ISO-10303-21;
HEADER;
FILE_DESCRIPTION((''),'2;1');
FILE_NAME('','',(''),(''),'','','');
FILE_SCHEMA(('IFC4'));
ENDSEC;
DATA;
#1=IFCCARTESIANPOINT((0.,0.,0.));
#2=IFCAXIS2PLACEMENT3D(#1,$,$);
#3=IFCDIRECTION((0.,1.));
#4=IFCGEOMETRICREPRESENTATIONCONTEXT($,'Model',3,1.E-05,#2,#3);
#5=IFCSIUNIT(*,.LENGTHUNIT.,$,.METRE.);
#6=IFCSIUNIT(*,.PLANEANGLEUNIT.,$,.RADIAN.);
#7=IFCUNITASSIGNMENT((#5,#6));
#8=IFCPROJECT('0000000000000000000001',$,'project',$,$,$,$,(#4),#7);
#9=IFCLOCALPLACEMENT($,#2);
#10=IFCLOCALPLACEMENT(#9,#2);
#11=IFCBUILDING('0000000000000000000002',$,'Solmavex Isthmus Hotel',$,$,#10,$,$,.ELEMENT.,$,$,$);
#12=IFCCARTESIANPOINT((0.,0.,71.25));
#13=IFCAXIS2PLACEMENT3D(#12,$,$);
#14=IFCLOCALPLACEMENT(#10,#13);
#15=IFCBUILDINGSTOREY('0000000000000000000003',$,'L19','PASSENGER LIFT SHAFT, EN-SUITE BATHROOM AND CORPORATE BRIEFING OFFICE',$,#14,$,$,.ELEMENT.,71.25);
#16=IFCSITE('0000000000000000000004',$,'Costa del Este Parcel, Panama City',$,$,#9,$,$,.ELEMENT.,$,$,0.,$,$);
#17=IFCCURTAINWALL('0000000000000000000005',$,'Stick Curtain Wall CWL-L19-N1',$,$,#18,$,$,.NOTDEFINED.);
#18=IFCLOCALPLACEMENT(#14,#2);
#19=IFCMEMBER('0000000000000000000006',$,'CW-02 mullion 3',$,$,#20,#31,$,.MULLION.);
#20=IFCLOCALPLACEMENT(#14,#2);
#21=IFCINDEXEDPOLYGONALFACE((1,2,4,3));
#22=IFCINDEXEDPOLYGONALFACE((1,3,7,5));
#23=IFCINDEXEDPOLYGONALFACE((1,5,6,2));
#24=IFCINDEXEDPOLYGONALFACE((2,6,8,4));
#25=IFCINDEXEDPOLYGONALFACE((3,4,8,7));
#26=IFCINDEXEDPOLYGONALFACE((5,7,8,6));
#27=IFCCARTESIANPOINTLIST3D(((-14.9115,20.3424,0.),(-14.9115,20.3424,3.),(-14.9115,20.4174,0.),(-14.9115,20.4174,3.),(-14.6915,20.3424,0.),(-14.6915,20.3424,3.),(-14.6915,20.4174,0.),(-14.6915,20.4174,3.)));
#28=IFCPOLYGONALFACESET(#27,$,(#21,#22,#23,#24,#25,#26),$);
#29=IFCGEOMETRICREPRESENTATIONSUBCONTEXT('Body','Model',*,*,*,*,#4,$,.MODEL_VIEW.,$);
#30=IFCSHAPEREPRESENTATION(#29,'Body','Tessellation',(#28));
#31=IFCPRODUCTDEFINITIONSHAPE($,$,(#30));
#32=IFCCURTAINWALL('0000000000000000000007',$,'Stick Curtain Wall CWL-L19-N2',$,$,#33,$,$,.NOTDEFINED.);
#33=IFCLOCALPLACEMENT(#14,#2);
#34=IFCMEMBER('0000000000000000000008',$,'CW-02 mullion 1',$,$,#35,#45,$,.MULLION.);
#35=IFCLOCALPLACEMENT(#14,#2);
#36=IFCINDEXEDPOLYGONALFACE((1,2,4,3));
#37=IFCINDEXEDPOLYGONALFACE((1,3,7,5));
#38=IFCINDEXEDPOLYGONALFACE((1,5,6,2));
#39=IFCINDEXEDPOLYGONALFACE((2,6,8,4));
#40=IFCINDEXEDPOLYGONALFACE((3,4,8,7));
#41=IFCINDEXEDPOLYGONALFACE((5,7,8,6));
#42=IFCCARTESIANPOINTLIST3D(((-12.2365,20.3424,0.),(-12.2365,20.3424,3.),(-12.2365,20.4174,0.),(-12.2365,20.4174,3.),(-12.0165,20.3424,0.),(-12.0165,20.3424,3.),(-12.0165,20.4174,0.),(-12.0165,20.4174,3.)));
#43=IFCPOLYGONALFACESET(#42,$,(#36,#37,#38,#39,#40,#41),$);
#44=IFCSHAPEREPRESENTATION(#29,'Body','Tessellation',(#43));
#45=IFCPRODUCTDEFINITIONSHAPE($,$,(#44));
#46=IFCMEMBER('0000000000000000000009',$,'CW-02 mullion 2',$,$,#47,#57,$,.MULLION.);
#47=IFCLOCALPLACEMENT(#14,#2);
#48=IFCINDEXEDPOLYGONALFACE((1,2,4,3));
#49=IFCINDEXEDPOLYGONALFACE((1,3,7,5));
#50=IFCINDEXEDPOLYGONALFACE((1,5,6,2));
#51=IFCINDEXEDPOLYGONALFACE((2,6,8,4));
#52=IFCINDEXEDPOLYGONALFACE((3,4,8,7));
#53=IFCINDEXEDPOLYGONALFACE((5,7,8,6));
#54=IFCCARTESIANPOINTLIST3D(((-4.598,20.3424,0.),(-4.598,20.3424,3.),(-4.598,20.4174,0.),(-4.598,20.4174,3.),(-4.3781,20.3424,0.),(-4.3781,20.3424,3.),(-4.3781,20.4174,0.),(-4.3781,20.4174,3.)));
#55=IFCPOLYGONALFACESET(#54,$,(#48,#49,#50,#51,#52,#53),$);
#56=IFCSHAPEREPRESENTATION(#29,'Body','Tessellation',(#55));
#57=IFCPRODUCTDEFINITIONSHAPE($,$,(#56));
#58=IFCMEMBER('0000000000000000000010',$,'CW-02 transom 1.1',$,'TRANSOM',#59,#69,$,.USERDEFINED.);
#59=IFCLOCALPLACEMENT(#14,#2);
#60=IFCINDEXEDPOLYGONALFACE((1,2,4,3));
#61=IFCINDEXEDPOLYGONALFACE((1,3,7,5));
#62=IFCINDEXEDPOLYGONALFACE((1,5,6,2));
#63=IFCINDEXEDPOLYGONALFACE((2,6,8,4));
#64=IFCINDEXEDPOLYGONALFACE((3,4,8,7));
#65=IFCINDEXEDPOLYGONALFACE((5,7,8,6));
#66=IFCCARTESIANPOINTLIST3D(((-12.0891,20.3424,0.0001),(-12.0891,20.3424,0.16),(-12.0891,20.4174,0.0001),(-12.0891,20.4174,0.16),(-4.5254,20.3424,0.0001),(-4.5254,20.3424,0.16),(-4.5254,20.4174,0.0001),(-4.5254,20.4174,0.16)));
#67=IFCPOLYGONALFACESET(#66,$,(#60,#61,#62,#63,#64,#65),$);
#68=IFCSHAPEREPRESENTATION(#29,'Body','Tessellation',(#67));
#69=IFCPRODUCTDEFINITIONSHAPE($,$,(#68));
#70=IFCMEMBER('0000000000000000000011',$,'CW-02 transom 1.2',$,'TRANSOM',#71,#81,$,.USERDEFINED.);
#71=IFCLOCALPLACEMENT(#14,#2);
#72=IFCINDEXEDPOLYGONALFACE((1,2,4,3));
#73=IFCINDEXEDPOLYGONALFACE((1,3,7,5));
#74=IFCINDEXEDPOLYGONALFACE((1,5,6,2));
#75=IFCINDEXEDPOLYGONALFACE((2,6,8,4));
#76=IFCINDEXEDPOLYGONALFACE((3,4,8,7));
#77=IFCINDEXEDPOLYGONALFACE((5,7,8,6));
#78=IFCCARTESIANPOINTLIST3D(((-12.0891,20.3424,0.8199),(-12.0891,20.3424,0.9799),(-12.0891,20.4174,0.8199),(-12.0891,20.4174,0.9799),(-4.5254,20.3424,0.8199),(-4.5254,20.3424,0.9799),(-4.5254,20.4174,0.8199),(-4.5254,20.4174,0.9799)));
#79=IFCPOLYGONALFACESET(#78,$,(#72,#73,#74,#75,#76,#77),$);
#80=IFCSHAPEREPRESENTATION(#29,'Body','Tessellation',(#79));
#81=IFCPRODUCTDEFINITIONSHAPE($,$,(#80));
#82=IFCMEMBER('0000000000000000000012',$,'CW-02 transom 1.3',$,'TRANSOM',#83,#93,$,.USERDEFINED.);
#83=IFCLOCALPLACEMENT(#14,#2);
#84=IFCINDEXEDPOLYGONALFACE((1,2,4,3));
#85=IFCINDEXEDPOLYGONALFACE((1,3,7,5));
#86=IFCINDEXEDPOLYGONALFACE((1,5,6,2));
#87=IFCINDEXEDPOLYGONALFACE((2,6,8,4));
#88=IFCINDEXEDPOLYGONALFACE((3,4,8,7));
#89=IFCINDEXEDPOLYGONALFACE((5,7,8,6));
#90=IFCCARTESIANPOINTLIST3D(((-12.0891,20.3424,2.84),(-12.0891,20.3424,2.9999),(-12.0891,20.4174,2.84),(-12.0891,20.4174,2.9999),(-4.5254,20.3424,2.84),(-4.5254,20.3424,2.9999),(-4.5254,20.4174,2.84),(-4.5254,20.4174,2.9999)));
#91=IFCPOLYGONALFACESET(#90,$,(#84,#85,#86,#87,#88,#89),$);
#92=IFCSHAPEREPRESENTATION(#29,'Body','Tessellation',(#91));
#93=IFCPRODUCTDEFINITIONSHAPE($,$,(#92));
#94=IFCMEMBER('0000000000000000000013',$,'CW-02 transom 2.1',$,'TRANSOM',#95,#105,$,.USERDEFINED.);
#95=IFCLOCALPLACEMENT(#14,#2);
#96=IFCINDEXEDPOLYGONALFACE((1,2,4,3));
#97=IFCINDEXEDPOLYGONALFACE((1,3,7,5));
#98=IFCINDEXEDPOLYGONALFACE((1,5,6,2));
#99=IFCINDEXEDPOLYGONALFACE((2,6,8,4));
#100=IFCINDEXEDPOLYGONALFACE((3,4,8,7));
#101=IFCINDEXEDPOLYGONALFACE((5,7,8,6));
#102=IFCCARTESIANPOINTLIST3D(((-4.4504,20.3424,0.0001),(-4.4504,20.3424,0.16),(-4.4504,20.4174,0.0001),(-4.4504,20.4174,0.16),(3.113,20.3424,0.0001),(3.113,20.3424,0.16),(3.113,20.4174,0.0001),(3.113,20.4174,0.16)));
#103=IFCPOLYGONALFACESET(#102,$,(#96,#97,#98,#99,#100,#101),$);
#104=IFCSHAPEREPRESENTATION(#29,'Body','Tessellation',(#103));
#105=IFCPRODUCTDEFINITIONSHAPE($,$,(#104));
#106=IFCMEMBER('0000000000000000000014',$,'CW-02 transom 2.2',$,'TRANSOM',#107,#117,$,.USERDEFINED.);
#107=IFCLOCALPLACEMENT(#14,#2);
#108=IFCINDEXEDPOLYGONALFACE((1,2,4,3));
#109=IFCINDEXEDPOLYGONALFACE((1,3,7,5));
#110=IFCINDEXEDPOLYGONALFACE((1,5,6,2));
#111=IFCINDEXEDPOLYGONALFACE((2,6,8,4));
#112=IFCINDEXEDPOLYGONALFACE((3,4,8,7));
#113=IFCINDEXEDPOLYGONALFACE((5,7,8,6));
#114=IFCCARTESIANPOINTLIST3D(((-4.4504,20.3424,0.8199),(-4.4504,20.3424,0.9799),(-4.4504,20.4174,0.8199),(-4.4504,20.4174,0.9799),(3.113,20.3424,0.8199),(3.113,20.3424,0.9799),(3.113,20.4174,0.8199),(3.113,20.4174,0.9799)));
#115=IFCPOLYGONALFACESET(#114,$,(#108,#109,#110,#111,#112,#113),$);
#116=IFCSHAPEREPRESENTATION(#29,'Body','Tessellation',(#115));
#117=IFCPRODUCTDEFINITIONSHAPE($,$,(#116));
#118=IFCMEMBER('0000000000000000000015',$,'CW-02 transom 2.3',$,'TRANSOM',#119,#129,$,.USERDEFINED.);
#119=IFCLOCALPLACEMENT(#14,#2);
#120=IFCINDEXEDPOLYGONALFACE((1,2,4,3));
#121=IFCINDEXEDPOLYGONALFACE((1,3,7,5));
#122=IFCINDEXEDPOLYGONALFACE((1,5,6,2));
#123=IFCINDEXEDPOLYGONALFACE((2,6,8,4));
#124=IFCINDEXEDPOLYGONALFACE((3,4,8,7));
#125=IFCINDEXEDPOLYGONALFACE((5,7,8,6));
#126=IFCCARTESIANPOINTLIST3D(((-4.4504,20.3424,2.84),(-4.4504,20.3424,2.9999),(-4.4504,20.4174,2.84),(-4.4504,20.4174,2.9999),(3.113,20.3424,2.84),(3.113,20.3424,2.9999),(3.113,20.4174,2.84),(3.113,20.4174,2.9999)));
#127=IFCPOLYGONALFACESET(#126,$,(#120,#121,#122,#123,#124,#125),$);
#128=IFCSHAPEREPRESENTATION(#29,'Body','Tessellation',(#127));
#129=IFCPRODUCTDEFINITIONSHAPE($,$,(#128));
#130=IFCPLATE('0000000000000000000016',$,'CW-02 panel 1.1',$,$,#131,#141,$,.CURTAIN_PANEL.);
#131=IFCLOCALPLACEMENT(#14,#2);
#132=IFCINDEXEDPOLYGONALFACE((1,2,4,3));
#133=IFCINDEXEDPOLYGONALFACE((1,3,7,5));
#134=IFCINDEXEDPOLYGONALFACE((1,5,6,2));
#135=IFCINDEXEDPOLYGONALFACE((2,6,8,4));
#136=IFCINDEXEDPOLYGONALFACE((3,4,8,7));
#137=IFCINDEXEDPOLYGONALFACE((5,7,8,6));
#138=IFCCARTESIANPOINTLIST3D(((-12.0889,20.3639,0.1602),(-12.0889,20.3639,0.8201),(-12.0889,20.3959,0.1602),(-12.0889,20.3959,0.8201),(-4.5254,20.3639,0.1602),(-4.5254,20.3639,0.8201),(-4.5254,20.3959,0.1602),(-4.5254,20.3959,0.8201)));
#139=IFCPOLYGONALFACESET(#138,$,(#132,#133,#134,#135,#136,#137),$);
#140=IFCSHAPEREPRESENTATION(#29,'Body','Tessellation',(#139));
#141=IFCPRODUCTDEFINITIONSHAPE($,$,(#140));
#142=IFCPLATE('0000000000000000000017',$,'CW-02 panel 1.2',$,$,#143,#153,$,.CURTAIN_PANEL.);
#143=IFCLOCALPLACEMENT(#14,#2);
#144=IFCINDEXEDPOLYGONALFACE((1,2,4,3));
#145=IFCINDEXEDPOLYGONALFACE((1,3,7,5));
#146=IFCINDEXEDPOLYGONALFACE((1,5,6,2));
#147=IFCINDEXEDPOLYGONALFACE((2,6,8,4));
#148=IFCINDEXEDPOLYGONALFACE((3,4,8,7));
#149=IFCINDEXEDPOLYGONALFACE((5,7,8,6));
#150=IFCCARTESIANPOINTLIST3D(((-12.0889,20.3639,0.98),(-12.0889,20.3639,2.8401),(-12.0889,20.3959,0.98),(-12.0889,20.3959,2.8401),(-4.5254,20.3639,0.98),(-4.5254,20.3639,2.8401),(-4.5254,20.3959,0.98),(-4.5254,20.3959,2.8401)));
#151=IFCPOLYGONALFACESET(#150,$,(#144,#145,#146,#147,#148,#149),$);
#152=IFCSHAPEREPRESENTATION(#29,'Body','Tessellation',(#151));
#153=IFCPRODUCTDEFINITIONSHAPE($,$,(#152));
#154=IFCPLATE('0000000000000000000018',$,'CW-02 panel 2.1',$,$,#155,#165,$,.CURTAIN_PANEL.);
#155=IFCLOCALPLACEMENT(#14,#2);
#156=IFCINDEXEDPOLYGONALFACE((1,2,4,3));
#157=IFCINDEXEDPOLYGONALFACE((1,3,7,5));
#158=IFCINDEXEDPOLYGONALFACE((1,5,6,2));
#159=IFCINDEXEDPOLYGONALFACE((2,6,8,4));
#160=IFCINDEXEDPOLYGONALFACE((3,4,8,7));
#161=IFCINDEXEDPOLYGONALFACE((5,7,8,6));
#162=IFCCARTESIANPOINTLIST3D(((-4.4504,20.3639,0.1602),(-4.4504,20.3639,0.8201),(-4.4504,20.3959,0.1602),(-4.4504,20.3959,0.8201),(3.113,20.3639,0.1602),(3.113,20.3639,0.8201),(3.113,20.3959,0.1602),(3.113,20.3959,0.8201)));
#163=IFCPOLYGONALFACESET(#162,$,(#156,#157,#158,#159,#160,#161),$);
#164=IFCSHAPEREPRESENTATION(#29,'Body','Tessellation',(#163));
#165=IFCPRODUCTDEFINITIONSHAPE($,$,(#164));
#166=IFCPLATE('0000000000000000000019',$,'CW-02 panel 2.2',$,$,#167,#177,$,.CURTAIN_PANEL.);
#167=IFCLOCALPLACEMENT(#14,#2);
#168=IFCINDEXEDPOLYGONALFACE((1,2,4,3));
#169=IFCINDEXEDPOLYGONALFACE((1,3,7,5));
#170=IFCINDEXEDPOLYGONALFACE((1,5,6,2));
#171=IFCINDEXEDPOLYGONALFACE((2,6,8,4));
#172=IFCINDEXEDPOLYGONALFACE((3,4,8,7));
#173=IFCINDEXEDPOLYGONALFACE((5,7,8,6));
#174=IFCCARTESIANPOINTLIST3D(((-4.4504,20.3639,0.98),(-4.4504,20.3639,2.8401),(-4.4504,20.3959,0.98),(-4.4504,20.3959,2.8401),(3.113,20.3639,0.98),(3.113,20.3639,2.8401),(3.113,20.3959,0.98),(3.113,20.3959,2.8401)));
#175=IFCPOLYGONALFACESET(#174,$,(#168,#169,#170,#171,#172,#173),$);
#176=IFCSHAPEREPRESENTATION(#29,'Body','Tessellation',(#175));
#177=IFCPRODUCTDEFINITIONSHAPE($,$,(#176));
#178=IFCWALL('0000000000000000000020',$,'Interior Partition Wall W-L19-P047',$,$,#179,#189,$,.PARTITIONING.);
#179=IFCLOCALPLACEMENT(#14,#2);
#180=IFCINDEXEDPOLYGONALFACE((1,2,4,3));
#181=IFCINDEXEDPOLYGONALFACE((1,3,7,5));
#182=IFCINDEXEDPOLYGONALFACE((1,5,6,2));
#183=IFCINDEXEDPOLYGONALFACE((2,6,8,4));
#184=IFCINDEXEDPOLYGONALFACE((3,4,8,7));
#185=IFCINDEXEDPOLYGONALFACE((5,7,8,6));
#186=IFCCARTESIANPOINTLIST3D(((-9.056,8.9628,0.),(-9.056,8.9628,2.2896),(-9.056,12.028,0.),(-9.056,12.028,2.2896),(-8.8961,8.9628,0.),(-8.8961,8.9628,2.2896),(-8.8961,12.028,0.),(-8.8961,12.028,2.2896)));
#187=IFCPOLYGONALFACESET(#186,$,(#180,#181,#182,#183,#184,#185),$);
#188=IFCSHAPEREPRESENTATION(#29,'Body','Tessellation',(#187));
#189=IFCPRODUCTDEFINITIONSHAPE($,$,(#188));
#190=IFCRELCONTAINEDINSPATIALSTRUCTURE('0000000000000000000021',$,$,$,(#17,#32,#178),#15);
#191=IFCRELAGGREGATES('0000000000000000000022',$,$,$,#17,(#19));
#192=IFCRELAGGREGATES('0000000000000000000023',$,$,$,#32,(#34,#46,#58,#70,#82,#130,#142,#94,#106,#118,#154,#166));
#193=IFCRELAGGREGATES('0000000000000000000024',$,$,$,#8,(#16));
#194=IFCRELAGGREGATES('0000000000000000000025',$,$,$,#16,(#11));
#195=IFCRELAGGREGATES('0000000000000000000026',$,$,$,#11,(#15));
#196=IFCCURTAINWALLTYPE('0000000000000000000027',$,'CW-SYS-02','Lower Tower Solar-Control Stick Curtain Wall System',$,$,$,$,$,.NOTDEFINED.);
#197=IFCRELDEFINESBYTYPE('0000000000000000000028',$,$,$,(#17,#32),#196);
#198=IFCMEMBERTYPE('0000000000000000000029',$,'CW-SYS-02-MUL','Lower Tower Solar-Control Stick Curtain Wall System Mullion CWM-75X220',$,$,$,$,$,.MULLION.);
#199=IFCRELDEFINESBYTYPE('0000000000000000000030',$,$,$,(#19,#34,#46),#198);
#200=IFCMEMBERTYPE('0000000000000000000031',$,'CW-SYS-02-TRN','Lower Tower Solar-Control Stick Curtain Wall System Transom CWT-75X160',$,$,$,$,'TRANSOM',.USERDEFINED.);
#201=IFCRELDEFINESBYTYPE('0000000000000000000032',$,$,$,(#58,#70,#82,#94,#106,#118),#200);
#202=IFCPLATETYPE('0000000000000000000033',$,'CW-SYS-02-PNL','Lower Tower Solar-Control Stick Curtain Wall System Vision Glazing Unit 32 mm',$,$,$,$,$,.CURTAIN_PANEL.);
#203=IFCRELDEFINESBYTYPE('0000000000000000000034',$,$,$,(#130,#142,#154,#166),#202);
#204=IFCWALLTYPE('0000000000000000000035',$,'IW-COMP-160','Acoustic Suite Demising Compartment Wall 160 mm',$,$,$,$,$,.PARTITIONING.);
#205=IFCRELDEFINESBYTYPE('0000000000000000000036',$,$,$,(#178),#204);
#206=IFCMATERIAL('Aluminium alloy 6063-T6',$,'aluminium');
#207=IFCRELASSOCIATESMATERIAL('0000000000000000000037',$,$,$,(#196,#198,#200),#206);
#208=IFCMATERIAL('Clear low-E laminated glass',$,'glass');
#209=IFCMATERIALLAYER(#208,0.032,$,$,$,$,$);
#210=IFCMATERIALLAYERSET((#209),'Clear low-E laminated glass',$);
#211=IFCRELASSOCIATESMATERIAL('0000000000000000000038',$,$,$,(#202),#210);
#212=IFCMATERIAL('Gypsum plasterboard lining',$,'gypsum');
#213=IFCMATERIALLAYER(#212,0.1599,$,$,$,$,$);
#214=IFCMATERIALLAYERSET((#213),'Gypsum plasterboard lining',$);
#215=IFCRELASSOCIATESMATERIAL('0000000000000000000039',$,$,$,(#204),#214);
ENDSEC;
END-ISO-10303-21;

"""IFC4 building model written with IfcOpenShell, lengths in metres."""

from ifc_helpers import new_model, si_unit, direction, frame, frame_2d, origin, origin_2d, place, context, subcontext, project, spatial, rectangle, extrude, material, layer, layer_set, material_profile, profile_set, type_object, element, aggregate, save


model = new_model("IFC4")

# Units and contexts
model_context = context("Model", 3, precision=1e-05, world=origin(), true_north=direction((0.0, 1.0)))
body_context = subcontext(model_context, "Body", "Model", "MODEL_VIEW")
ifc_project = project(units=[si_unit("LENGTHUNIT", "METRE"), si_unit("PLANEANGLEUNIT", "RADIAN")], contexts=[model_context])

# Site, building, storey
site_placement = place(None, origin())
site = spatial("IfcSite", under=ifc_project, at=site_placement, Name="Costa del Este Parcel, Panama City", CompositionType="ELEMENT", RefElevation=0.0)
building_placement = place(site_placement, origin())
building = spatial("IfcBuilding", under=site, at=building_placement, Name="Solmavex Isthmus Hotel", CompositionType="ELEMENT")
storey_placement = place(building_placement, frame((0.0, 0.0, 71.25)))
storey = spatial("IfcBuildingStorey", under=building, at=storey_placement, Name="L19", Description="PASSENGER LIFT SHAFT, EN-SUITE BATHROOM AND CORPORATE BRIEFING OFFICE", CompositionType="ELEMENT", Elevation=71.25)

# Curtain wall, member
ifc_material_1 = material(Name="Aluminium alloy 6063-T6", Category="aluminium")
curtain_wall_type = type_object("IfcCurtainWallType", Name="CW-SYS-02", Description="Lower Tower Solar-Control Stick Curtain Wall System", PredefinedType="NOTDEFINED", material=ifc_material_1)
curtain_wall_1_placement = place(storey_placement, origin())
curtain_wall_1 = element("IfcCurtainWall", 1, at=curtain_wall_1_placement, inside=storey, type_object=curtain_wall_type, Name="Stick Curtain Wall CWL-L19-N1", PredefinedType="NOTDEFINED")
ifc_material_profile_1 = material_profile(ifc_material_1, rectangle(XDim=0.075, YDim=0.22, at=origin_2d()), Name="CWM-75X220")
ifc_profile_set_1 = profile_set([ifc_material_profile_1], Name="Aluminium alloy 6063-T6")
member_type_1 = type_object("IfcMemberType", Name="CW-SYS-02-MUL", Description="Lower Tower Solar-Control Stick Curtain Wall System Mullion CWM-75X220", PredefinedType="MULLION", material=ifc_profile_set_1)
member_1_placement = place(storey_placement, frame((-14.8015, 20.3799, 0.0), z_axis=(0.0, 0.0, 1.0), x_axis=(0.0, 1.0, 0.0)))
member_1 = element("IfcMember", 2, at=member_1_placement, type_object=member_type_1, Name="CW-02 mullion 3", PredefinedType="MULLION", context=body_context, shape_type="SweptSolid", body=[
    extrude(rectangle(XDim=0.075, YDim=0.22, at=origin_2d()), origin(), (0.0, 0.0, 1.0), 3.0),
])
aggregate(curtain_wall_1, [member_1])

# Curtain wall, members, plates
curtain_wall_2_placement = place(storey_placement, origin())
curtain_wall_2 = element("IfcCurtainWall", 3, at=curtain_wall_2_placement, inside=storey, type_object=curtain_wall_type, Name="Stick Curtain Wall CWL-L19-N2", PredefinedType="NOTDEFINED")
member_2_placement = place(storey_placement, frame((-12.1265, 20.3799, 0.0), z_axis=(0.0, 0.0, 1.0), x_axis=(0.0, 1.0, 0.0)))
member_2 = element("IfcMember", 4, at=member_2_placement, type_object=member_type_1, Name="CW-02 mullion 1", PredefinedType="MULLION", context=body_context, shape_type="SweptSolid", body=[
    extrude(rectangle(XDim=0.075, YDim=0.22, at=origin_2d()), origin(), (0.0, 0.0, 1.0), 3.0),
])
member_3_placement = place(storey_placement, frame((-4.488, 20.3799, 0.0), z_axis=(0.0, 0.0, 1.0), x_axis=(0.0, 1.0, 0.0)))
member_3 = element("IfcMember", 5, at=member_3_placement, type_object=member_type_1, Name="CW-02 mullion 2", PredefinedType="MULLION", context=body_context, shape_type="SweptSolid", body=[
    extrude(rectangle(XDim=0.075, YDim=0.22, at=origin_2d()), origin(), (0.0, 0.0, 1.0), 3.0),
])
ifc_material_profile_2 = material_profile(ifc_material_1, rectangle(XDim=0.075, YDim=0.1599, at=origin_2d()), Name="CWT-75X160")
ifc_profile_set_2 = profile_set([ifc_material_profile_2], Name="Aluminium alloy 6063-T6")
member_type_2 = type_object("IfcMemberType", Name="CW-SYS-02-TRN", Description="Lower Tower Solar-Control Stick Curtain Wall System Transom CWT-75X160", ElementType="TRANSOM", PredefinedType="USERDEFINED", material=ifc_profile_set_2)
member_4_placement = place(storey_placement, frame((-12.0891, 20.3799, 0.0801), z_axis=(1.0, 0.0, 0.0), x_axis=(0.0, 1.0, 0.0)))
member_4 = element("IfcMember", 6, at=member_4_placement, type_object=member_type_2, Name="CW-02 transom 1.1", ObjectType="TRANSOM", PredefinedType="USERDEFINED", context=body_context, shape_type="SweptSolid", body=[
    extrude(rectangle(XDim=0.075, YDim=0.1599, at=origin_2d()), origin(), (0.0, 0.0, 1.0), 7.5637),
])
member_5_placement = place(storey_placement, frame((-12.0891, 20.3799, 0.8999), z_axis=(1.0, 0.0, 0.0), x_axis=(0.0, 1.0, 0.0)))
member_5 = element("IfcMember", 7, at=member_5_placement, type_object=member_type_2, Name="CW-02 transom 1.2", ObjectType="TRANSOM", PredefinedType="USERDEFINED", context=body_context, shape_type="SweptSolid", body=[
    extrude(rectangle(XDim=0.075, YDim=0.1599, at=origin_2d()), origin(), (0.0, 0.0, 1.0), 7.5637),
])
member_6_placement = place(storey_placement, frame((-12.0891, 20.3799, 2.9199), z_axis=(1.0, 0.0, 0.0), x_axis=(0.0, 1.0, 0.0)))
member_6 = element("IfcMember", 8, at=member_6_placement, type_object=member_type_2, Name="CW-02 transom 1.3", ObjectType="TRANSOM", PredefinedType="USERDEFINED", context=body_context, shape_type="SweptSolid", body=[
    extrude(rectangle(XDim=0.075, YDim=0.1599, at=origin_2d()), origin(), (0.0, 0.0, 1.0), 7.5637),
])
member_7_placement = place(storey_placement, frame((-4.4504, 20.3799, 0.0801), z_axis=(1.0, 0.0, 0.0), x_axis=(0.0, 1.0, 0.0)))
member_7 = element("IfcMember", 9, at=member_7_placement, type_object=member_type_2, Name="CW-02 transom 2.1", ObjectType="TRANSOM", PredefinedType="USERDEFINED", context=body_context, shape_type="SweptSolid", body=[
    extrude(rectangle(XDim=0.075, YDim=0.1599, at=origin_2d()), origin(), (0.0, 0.0, 1.0), 7.5635),
])
member_8_placement = place(storey_placement, frame((-4.4504, 20.3799, 0.8999), z_axis=(1.0, 0.0, 0.0), x_axis=(0.0, 1.0, 0.0)))
member_8 = element("IfcMember", 10, at=member_8_placement, type_object=member_type_2, Name="CW-02 transom 2.2", ObjectType="TRANSOM", PredefinedType="USERDEFINED", context=body_context, shape_type="SweptSolid", body=[
    extrude(rectangle(XDim=0.075, YDim=0.1599, at=origin_2d()), origin(), (0.0, 0.0, 1.0), 7.5635),
])
member_9_placement = place(storey_placement, frame((-4.4504, 20.3799, 2.9199), z_axis=(1.0, 0.0, 0.0), x_axis=(0.0, 1.0, 0.0)))
member_9 = element("IfcMember", 11, at=member_9_placement, type_object=member_type_2, Name="CW-02 transom 2.3", ObjectType="TRANSOM", PredefinedType="USERDEFINED", context=body_context, shape_type="SweptSolid", body=[
    extrude(rectangle(XDim=0.075, YDim=0.1599, at=origin_2d()), origin(), (0.0, 0.0, 1.0), 7.5635),
])
ifc_material_2 = material(Name="Clear low-E laminated glass", Category="glass")
ifc_layer_1 = layer(ifc_material_2, 0.032)
ifc_layer_set_1 = layer_set([ifc_layer_1], Name="Clear low-E laminated glass")
plate_type = type_object("IfcPlateType", Name="CW-SYS-02-PNL", Description="Lower Tower Solar-Control Stick Curtain Wall System Vision Glazing Unit 32 mm", PredefinedType="CURTAIN_PANEL", material=ifc_layer_set_1)
plate_1_placement = place(storey_placement, frame((-8.3071, 20.3799, 0.1602), z_axis=(0.0, 0.0, 1.0), x_axis=(1.0, 0.0, 0.0)))
plate_1 = element("IfcPlate", 12, at=plate_1_placement, type_object=plate_type, Name="CW-02 panel 1.1", PredefinedType="CURTAIN_PANEL", context=body_context, shape_type="SweptSolid", body=[
    extrude(rectangle(XDim=7.5635, YDim=0.032, at=origin_2d()), origin(), (0.0, 0.0, 1.0), 0.6599),
])
plate_2_placement = place(storey_placement, frame((-8.3071, 20.3799, 0.98), z_axis=(0.0, 0.0, 1.0), x_axis=(1.0, 0.0, 0.0)))
plate_2 = element("IfcPlate", 13, at=plate_2_placement, type_object=plate_type, Name="CW-02 panel 1.2", PredefinedType="CURTAIN_PANEL", context=body_context, shape_type="SweptSolid", body=[
    extrude(rectangle(XDim=7.5635, YDim=0.032, at=origin_2d()), origin(), (0.0, 0.0, 1.0), 1.8601),
])
plate_3_placement = place(storey_placement, frame((-0.6687, 20.3799, 0.1602), z_axis=(0.0, 0.0, 1.0), x_axis=(1.0, 0.0, 0.0)))
plate_3 = element("IfcPlate", 14, at=plate_3_placement, type_object=plate_type, Name="CW-02 panel 2.1", PredefinedType="CURTAIN_PANEL", context=body_context, shape_type="SweptSolid", body=[
    extrude(rectangle(XDim=7.5635, YDim=0.032, at=origin_2d()), origin(), (0.0, 0.0, 1.0), 0.6599),
])
plate_4_placement = place(storey_placement, frame((-0.6687, 20.3799, 0.98), z_axis=(0.0, 0.0, 1.0), x_axis=(1.0, 0.0, 0.0)))
plate_4 = element("IfcPlate", 15, at=plate_4_placement, type_object=plate_type, Name="CW-02 panel 2.2", PredefinedType="CURTAIN_PANEL", context=body_context, shape_type="SweptSolid", body=[
    extrude(rectangle(XDim=7.5635, YDim=0.032, at=origin_2d()), origin(), (0.0, 0.0, 1.0), 1.8601),
])
aggregate(curtain_wall_2, [member_2, member_3, member_4, member_5, member_6, plate_1, plate_2, member_7, member_8, member_9, plate_3, plate_4])

# Wall
ifc_material_3 = material(Name="Gypsum plasterboard lining", Category="gypsum")
ifc_layer_2 = layer(ifc_material_3, 0.1599)
ifc_layer_set_2 = layer_set([ifc_layer_2], Name="Gypsum plasterboard lining")
wall_type_1 = type_object("IfcWallType", Name="IW-COMP-160", Description="Acoustic Suite Demising Compartment Wall 160 mm", PredefinedType="PARTITIONING", material=ifc_layer_set_2)
wall_1_placement = place(storey_placement, frame((-8.9761, 12.0281, 0.0), z_axis=(0.0, 0.0, 1.0), x_axis=(0.0, -1.0, 0.0)))
element("IfcWall", 16, at=wall_1_placement, inside=storey, type_object=wall_type_1, Name="Interior Partition Wall W-L19-P047", PredefinedType="PARTITIONING", context=body_context, shape_type="SweptSolid", body=[
    extrude(rectangle(XDim=3.0652, YDim=0.1599, at=frame_2d((1.5327, 0.0))), origin(), (0.0, 0.0, 1.0), 2.2896),
])

save(model, "model.ifc")
